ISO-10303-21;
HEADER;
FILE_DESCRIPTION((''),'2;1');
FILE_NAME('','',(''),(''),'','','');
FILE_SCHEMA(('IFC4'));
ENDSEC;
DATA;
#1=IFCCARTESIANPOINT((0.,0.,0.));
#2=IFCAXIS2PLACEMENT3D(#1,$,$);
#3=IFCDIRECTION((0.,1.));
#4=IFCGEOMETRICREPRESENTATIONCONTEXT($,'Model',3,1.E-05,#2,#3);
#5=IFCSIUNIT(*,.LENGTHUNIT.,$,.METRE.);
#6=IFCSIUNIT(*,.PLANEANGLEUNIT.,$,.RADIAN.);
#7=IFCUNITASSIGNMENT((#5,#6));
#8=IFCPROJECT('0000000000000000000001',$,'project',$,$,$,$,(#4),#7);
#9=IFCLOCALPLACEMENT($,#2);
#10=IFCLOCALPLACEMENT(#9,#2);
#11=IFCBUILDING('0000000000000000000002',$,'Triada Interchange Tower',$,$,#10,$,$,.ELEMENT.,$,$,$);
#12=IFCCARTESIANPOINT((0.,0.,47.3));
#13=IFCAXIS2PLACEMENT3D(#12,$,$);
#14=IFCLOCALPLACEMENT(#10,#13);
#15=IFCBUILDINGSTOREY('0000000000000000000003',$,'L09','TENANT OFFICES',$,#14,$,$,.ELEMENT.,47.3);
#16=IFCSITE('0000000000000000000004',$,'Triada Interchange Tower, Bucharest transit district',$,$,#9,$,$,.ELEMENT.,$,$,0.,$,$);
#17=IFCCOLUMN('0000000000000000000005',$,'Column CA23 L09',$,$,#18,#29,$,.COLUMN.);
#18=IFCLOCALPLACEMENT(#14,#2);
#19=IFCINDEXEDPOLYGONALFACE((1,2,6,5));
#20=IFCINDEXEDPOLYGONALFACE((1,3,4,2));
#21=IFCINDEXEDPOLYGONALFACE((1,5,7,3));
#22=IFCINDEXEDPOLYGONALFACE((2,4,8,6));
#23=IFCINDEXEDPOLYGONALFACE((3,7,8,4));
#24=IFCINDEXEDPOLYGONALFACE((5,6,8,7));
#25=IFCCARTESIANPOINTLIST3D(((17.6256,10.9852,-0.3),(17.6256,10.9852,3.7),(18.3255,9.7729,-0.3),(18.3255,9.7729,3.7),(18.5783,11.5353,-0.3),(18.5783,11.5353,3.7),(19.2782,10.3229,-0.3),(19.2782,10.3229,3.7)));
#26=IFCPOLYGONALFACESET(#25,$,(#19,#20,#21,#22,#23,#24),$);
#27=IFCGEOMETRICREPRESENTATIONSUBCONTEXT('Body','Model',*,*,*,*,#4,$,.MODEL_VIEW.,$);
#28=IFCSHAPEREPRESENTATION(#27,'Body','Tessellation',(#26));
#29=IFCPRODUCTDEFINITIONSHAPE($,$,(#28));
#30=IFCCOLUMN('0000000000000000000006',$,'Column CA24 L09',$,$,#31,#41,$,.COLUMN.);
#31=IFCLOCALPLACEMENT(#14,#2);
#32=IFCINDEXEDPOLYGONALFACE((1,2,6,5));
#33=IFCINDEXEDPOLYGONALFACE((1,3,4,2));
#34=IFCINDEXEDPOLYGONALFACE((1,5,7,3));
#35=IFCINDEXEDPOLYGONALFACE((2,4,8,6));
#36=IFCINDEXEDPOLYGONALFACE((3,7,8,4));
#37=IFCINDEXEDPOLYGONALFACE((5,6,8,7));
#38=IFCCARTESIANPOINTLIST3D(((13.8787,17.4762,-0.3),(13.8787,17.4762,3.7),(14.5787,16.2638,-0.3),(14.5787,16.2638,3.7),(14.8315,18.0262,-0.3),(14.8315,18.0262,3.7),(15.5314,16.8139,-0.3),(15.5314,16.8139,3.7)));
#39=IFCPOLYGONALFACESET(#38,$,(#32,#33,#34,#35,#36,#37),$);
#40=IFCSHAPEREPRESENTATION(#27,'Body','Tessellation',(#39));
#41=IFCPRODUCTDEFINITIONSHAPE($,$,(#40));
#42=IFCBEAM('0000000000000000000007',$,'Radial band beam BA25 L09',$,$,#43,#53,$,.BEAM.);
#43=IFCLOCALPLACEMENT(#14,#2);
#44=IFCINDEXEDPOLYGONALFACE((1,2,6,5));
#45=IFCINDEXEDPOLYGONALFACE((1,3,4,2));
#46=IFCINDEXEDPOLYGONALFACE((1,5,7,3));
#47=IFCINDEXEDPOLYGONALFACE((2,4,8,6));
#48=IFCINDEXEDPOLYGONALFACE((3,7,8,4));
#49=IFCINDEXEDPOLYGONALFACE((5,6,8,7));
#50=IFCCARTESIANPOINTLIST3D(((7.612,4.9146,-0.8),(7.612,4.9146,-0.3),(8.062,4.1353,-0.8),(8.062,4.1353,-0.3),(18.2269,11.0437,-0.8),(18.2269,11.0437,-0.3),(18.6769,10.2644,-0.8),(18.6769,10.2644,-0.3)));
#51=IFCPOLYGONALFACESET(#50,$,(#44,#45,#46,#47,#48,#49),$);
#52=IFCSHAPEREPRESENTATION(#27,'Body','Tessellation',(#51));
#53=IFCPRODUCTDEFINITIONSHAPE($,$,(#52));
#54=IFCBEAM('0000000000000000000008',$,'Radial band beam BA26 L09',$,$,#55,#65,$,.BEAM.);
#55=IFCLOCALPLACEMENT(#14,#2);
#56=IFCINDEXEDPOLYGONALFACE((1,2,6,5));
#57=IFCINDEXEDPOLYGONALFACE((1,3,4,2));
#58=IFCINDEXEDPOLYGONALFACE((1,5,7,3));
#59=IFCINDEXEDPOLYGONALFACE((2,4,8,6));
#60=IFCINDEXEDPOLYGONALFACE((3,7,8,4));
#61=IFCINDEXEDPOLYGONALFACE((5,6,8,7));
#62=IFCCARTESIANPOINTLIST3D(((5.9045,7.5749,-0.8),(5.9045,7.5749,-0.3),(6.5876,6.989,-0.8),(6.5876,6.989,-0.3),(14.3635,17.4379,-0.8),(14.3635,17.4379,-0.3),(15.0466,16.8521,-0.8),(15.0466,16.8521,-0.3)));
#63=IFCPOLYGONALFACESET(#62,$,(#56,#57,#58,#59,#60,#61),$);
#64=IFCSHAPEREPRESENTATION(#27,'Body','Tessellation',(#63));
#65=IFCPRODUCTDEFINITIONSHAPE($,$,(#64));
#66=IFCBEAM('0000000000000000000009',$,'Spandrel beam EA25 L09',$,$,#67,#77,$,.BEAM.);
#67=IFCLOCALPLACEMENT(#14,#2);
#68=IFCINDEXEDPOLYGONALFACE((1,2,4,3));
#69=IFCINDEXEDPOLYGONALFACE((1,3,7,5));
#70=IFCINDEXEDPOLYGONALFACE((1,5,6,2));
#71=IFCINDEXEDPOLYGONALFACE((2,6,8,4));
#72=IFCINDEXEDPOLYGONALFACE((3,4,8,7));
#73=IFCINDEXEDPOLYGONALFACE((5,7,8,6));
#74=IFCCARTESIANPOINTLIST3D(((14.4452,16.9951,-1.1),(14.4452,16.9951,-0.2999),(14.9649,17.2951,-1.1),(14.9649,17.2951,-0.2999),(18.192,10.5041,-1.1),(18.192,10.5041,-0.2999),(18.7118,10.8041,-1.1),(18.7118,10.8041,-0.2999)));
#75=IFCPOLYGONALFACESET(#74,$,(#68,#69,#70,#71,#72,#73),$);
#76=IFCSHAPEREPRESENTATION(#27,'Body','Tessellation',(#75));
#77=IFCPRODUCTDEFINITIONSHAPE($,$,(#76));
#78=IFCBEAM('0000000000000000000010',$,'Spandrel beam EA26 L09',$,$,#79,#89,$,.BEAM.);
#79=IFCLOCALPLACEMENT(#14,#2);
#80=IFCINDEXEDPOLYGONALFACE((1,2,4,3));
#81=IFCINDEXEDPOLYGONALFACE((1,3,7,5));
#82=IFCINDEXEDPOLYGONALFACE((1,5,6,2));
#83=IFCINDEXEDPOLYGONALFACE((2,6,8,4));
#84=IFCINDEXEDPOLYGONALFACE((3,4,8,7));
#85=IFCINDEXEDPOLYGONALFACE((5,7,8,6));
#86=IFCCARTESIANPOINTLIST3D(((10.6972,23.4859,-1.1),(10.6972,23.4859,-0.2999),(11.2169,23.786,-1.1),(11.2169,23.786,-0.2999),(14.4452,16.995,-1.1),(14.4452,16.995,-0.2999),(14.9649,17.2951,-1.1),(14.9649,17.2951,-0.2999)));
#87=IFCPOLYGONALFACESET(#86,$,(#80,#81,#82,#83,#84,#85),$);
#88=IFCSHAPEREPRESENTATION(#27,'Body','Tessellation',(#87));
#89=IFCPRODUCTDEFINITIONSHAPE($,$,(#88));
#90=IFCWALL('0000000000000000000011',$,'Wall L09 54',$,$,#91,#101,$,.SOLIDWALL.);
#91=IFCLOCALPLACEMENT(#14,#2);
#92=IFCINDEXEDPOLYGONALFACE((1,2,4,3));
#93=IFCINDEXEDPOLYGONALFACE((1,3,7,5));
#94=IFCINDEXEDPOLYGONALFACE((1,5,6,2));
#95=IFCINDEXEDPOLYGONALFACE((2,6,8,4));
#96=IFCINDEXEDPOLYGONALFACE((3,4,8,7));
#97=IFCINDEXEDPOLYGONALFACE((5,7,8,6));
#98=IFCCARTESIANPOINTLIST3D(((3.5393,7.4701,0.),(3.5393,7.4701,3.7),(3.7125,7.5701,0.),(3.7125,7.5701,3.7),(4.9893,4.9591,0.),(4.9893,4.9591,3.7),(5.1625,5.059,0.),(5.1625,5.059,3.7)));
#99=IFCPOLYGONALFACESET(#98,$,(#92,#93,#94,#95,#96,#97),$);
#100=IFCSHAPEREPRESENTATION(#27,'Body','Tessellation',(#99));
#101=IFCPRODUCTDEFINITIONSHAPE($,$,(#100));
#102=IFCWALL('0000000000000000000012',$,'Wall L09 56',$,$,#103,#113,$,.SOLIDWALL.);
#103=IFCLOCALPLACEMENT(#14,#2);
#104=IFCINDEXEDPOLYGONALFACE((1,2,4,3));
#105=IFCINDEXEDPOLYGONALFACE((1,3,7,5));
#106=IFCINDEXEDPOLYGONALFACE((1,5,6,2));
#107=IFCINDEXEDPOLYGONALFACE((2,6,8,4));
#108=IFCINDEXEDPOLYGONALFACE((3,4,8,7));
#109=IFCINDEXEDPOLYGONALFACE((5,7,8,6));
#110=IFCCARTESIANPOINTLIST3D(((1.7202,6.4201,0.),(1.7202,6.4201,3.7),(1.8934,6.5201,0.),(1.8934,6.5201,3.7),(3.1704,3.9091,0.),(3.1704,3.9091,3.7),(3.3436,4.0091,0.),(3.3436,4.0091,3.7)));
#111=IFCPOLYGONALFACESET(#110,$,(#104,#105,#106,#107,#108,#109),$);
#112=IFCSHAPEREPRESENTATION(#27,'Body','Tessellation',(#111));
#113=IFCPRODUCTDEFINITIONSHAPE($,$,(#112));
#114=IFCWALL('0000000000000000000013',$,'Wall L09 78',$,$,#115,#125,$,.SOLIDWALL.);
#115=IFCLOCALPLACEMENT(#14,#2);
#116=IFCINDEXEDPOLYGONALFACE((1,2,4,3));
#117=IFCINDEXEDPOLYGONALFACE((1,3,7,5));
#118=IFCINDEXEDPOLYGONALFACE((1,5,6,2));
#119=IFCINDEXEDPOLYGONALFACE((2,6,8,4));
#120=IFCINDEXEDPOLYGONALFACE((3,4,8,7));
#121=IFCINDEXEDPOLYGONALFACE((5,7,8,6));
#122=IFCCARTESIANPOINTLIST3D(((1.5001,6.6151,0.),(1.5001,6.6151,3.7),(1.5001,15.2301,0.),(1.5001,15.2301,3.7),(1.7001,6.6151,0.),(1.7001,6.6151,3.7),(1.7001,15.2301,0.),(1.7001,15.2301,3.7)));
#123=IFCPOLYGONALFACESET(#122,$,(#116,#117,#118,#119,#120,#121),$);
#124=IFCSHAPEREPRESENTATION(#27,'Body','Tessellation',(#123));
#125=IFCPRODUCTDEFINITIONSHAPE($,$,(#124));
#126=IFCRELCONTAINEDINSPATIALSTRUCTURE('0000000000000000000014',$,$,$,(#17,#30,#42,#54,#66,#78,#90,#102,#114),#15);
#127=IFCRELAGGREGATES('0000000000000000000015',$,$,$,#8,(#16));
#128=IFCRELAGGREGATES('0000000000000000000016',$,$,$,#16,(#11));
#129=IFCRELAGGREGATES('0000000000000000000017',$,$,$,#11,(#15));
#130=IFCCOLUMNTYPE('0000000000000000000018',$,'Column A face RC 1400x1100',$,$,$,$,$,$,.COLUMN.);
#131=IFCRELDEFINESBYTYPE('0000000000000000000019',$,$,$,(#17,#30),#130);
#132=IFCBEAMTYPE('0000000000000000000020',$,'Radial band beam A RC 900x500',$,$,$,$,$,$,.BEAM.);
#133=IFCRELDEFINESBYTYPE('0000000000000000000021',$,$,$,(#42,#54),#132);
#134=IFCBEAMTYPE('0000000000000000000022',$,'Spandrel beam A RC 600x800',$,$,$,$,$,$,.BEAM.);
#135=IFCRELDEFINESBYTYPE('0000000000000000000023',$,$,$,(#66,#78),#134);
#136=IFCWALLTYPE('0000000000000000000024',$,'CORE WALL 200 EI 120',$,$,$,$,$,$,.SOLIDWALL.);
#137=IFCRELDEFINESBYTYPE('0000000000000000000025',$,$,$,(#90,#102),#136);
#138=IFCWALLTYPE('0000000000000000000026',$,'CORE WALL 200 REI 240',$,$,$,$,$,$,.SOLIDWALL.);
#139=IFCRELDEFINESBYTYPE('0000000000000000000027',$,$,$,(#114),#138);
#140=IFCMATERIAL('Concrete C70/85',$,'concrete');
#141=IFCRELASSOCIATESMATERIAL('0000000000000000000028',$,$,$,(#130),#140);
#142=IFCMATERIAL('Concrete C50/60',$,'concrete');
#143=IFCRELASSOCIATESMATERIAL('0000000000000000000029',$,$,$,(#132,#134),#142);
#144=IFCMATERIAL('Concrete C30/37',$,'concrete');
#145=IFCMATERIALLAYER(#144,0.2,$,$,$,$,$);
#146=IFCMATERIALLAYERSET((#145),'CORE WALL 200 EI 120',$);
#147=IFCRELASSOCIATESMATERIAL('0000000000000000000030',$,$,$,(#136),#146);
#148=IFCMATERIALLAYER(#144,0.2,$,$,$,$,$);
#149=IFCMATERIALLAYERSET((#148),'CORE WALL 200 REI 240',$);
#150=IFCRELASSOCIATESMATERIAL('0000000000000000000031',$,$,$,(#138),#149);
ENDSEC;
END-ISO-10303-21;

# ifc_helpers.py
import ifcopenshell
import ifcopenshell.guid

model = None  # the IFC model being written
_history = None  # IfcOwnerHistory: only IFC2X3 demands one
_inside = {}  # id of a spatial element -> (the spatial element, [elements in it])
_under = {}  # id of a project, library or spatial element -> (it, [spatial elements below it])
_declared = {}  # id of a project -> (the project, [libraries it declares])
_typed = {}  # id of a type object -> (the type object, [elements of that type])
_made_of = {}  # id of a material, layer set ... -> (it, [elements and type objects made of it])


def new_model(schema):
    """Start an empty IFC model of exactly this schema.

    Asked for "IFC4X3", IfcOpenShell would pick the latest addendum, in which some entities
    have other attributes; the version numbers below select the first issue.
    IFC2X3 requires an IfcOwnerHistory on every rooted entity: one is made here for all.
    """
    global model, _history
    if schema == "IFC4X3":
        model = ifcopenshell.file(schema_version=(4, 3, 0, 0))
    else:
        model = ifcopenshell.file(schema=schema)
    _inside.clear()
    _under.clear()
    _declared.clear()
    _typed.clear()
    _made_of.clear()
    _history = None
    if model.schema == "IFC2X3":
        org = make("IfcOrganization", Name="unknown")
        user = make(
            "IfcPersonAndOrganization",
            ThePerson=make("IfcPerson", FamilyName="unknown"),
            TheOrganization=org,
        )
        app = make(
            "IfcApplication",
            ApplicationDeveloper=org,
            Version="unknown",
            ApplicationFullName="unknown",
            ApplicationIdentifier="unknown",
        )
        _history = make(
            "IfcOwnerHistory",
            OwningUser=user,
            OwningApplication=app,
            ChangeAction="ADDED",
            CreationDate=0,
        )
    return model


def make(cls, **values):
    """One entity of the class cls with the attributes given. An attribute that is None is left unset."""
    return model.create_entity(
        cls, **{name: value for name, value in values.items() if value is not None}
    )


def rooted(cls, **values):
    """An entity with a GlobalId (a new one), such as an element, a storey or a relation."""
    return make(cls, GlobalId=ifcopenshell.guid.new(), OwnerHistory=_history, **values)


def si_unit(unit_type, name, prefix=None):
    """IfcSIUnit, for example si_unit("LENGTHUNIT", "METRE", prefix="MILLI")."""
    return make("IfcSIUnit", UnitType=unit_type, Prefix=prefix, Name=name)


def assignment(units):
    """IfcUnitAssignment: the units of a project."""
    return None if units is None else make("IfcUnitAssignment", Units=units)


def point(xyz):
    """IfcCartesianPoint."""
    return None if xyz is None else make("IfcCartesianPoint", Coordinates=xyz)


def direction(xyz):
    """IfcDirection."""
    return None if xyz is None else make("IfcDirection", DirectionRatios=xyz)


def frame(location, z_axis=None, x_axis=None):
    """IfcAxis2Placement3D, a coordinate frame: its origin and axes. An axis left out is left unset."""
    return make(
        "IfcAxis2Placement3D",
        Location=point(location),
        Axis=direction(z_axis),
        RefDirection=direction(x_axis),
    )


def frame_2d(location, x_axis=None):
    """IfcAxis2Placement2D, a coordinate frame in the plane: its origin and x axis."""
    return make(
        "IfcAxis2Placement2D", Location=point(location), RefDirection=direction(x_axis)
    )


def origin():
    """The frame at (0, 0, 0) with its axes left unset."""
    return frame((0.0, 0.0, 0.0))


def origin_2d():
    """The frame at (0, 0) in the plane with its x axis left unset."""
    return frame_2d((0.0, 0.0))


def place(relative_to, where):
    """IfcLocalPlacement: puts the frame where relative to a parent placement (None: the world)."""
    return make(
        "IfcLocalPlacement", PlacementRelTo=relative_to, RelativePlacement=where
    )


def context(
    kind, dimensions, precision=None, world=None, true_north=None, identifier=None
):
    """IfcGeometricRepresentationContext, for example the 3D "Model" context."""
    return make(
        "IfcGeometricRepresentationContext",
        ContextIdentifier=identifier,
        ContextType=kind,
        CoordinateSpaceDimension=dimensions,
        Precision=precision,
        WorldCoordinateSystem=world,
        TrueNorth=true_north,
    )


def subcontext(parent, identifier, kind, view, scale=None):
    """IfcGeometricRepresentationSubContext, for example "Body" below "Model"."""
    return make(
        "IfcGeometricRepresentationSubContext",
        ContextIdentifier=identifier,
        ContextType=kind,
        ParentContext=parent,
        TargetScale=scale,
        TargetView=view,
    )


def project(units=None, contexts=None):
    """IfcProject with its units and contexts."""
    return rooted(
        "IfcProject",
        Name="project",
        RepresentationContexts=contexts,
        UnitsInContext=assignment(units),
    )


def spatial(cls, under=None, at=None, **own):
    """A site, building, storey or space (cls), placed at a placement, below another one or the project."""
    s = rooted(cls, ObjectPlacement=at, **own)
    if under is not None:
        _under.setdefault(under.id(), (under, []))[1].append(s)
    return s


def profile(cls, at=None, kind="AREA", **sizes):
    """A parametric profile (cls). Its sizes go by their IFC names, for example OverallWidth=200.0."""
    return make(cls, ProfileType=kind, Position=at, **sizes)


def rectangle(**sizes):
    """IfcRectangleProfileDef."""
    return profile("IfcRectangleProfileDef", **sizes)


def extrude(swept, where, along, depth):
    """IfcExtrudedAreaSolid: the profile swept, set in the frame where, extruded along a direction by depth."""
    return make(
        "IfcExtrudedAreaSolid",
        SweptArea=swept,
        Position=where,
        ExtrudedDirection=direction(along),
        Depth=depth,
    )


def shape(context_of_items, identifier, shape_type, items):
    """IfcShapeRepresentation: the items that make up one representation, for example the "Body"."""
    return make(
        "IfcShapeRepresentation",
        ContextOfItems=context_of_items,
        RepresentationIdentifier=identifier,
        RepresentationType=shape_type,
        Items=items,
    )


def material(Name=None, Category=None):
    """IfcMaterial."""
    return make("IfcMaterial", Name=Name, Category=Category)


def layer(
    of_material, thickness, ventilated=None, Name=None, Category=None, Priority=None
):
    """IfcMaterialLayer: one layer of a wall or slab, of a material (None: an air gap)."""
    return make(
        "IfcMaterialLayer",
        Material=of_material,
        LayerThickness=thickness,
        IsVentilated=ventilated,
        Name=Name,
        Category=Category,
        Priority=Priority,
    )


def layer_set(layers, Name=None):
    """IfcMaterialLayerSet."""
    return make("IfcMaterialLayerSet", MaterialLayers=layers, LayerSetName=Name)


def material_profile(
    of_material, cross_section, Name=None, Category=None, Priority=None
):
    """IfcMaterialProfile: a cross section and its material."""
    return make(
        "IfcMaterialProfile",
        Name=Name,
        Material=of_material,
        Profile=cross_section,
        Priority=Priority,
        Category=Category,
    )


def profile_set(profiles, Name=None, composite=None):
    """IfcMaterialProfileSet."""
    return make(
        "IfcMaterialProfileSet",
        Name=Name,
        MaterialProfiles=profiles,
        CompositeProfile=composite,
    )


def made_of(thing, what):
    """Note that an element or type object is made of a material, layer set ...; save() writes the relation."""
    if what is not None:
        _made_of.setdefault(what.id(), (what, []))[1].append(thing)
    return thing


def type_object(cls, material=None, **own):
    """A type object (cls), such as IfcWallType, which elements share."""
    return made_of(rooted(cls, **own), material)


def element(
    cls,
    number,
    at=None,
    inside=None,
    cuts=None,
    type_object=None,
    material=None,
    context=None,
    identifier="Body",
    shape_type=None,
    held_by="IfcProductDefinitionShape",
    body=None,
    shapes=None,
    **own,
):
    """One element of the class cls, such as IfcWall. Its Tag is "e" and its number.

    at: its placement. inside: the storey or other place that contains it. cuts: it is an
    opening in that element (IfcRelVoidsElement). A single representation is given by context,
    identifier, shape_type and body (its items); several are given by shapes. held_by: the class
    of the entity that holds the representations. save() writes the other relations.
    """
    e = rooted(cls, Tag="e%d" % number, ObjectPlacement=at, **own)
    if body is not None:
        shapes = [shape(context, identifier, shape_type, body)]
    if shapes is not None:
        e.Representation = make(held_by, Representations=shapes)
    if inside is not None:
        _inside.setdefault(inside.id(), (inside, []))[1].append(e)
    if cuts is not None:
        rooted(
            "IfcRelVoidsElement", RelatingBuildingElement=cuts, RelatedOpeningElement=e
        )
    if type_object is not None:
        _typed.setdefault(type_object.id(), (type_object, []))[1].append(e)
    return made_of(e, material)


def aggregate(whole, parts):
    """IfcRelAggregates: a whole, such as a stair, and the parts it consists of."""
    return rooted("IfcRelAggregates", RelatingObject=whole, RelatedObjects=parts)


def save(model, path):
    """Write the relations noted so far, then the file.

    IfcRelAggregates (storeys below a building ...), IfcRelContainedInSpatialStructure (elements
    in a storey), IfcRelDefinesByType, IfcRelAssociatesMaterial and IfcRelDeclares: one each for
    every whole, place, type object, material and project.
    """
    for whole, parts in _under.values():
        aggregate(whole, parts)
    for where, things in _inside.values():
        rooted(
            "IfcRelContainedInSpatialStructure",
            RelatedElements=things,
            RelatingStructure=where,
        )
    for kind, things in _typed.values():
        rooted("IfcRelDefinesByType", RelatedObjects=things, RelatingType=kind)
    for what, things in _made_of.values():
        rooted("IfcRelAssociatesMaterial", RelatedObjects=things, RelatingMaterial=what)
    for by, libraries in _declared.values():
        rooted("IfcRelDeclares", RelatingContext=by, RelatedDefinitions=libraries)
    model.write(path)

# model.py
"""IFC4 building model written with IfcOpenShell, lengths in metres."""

from ifc_helpers import new_model, si_unit, direction, frame, frame_2d, origin, origin_2d, place, context, subcontext, project, spatial, rectangle, extrude, material, layer, layer_set, material_profile, profile_set, type_object, element, save


model = new_model("IFC4")

# Units and contexts
model_context = context("Model", 3, precision=1e-05, world=origin(), true_north=direction((0.0, 1.0)))
body_context = subcontext(model_context, "Body", "Model", "MODEL_VIEW")
ifc_project = project(units=[si_unit("LENGTHUNIT", "METRE"), si_unit("PLANEANGLEUNIT", "RADIAN")], contexts=[model_context])

# Site, building, storey
site_placement = place(None, origin())
site = spatial("IfcSite", under=ifc_project, at=site_placement, Name="Triada Interchange Tower, Bucharest transit district", CompositionType="ELEMENT", RefElevation=0.0)
building_placement = place(site_placement, origin())
building = spatial("IfcBuilding", under=site, at=building_placement, Name="Triada Interchange Tower", CompositionType="ELEMENT")
storey_placement = place(building_placement, frame((0.0, 0.0, 47.3)))
storey = spatial("IfcBuildingStorey", under=building, at=storey_placement, Name="L09", Description="TENANT OFFICES", CompositionType="ELEMENT", Elevation=47.3)

# Columns
ifc_material_1 = material(Name="Concrete C70/85", Category="concrete")
ifc_material_profile_1 = material_profile(ifc_material_1, rectangle(XDim=1.3999, YDim=1.1001, at=origin_2d()), Name="RC 1400x1100")
ifc_profile_set_1 = profile_set([ifc_material_profile_1], Name="Concrete C70/85")
column_type = type_object("IfcColumnType", Name="Column A face RC 1400x1100", PredefinedType="COLUMN", material=ifc_profile_set_1)
for number, where, z_axis, x_axis, name in (
    (1, (18.4519, 10.6541, -0.3), (0.0, 0.0, 1.0), (-0.5, 0.866025, 0.0), "Column CA23 L09"),
    (2, (14.7051, 17.145, -0.3), (0.0, 0.0, 1.0), (-0.5, 0.866025, 0.0), "Column CA24 L09"),
):
    element("IfcColumn", number, at=place(storey_placement, frame(where, z_axis=z_axis, x_axis=x_axis)), inside=storey, type_object=column_type, Name=name, PredefinedType="COLUMN", context=body_context, shape_type="SweptSolid", body=[
        extrude(rectangle(XDim=1.3999, YDim=1.1001, at=origin_2d()), origin(), (0.0, 0.0, 1.0), 4.0),
    ])

# Beams
ifc_material_2 = material(Name="Concrete C50/60", Category="concrete")
ifc_material_profile_2 = material_profile(ifc_material_2, rectangle(XDim=0.8999, YDim=0.5, at=origin_2d()), Name="RC 900x500")
ifc_profile_set_2 = profile_set([ifc_material_profile_2], Name="Concrete C50/60")
beam_type_1 = type_object("IfcBeamType", Name="Radial band beam A RC 900x500", PredefinedType="BEAM", material=ifc_profile_set_2)
beam_1_placement = place(storey_placement, frame((18.4519, 10.6541, -0.55), z_axis=(-0.866005, -0.500036, 0.0), x_axis=(0.500036, -0.866005, 0.0)))
element("IfcBeam", 3, at=beam_1_placement, inside=storey, type_object=beam_type_1, Name="Radial band beam BA25 L09", PredefinedType="BEAM", context=body_context, shape_type="SweptSolid", body=[
    extrude(rectangle(XDim=0.8999, YDim=0.5, at=origin_2d()), origin(), (0.0, 0.0, 1.0), 12.2573),
])
beam_2_placement = place(storey_placement, frame((14.7051, 17.145, -0.55), z_axis=(-0.651011, -0.759068, 0.0), x_axis=(0.759068, -0.651011, 0.0)))
element("IfcBeam", 4, at=beam_2_placement, inside=storey, type_object=beam_type_1, Name="Radial band beam BA26 L09", PredefinedType="BEAM", context=body_context, shape_type="SweptSolid", body=[
    extrude(rectangle(XDim=0.8999, YDim=0.5, at=origin_2d()), origin(), (0.0, 0.0, 1.0), 12.9937),
])
ifc_material_profile_3 = material_profile(ifc_material_2, rectangle(XDim=0.6001, YDim=0.8, at=origin_2d()), Name="RC 600x800")
ifc_profile_set_3 = profile_set([ifc_material_profile_3], Name="Concrete C50/60")
beam_type_2 = type_object("IfcBeamType", Name="Spandrel beam A RC 600x800", PredefinedType="BEAM", material=ifc_profile_set_3)
beam_3_placement = place(storey_placement, frame((18.4519, 10.6541, -0.7), z_axis=(-0.499926, 0.866068, 0.0), x_axis=(-0.866068, -0.499926, 0.0)))
element("IfcBeam", 5, at=beam_3_placement, inside=storey, type_object=beam_type_2, Name="Spandrel beam EA25 L09", PredefinedType="BEAM", context=body_context, shape_type="SweptSolid", body=[
    extrude(rectangle(XDim=0.6001, YDim=0.8, at=origin_2d()), origin(), (0.0, 0.0, 1.0), 7.4949),
])
beam_4_placement = place(storey_placement, frame((14.7051, 17.145, -0.7), z_axis=(-0.500049, 0.865997, 0.0), x_axis=(-0.865997, -0.500049, 0.0)))
element("IfcBeam", 6, at=beam_4_placement, inside=storey, type_object=beam_type_2, Name="Spandrel beam EA26 L09", PredefinedType="BEAM", context=body_context, shape_type="SweptSolid", body=[
    extrude(rectangle(XDim=0.6001, YDim=0.8, at=origin_2d()), origin(), (0.0, 0.0, 1.0), 7.4954),
])

# Walls
ifc_material_3 = material(Name="Concrete C30/37", Category="concrete")
ifc_layer_1 = layer(ifc_material_3, 0.2)
ifc_layer_set_1 = layer_set([ifc_layer_1], Name="CORE WALL 200 EI 120")
wall_type_1 = type_object("IfcWallType", Name="CORE WALL 200 EI 120", PredefinedType="SOLIDWALL", material=ifc_layer_set_1)
for number, where, z_axis, x_axis, name in (
    (7, (3.626, 7.52, 0.0), (0.0, 0.0, 1.0), (0.50006, -0.865991, 0.0), "Wall L09 54"),
    (8, (1.8069, 6.47, 0.0), (0.0, 0.0, 1.0), (0.500123, -0.865954, 0.0), "Wall L09 56"),
):
    element("IfcWall", number, at=place(storey_placement, frame(where, z_axis=z_axis, x_axis=x_axis)), inside=storey, type_object=wall_type_1, Name=name, PredefinedType="SOLIDWALL", context=body_context, shape_type="SweptSolid", body=[
        extrude(rectangle(XDim=2.8997, YDim=0.2, at=frame_2d((1.4497, 0.0))), origin(), (0.0, 0.0, 1.0), 3.7),
    ])
ifc_layer_2 = layer(ifc_material_3, 0.2)
ifc_layer_set_2 = layer_set([ifc_layer_2], Name="CORE WALL 200 REI 240")
wall_type_2 = type_object("IfcWallType", Name="CORE WALL 200 REI 240", PredefinedType="SOLIDWALL", material=ifc_layer_set_2)
wall_1_placement = place(storey_placement, frame((1.6001, 6.615, 0.0), z_axis=(0.0, 0.0, 1.0), x_axis=(0.0, 1.0, 0.0)))
element("IfcWall", 9, at=wall_1_placement, inside=storey, type_object=wall_type_2, Name="Wall L09 78", PredefinedType="SOLIDWALL", context=body_context, shape_type="SweptSolid", body=[
    extrude(rectangle(XDim=8.615, YDim=0.2, at=frame_2d((4.3076, 0.0))), origin(), (0.0, 0.0, 1.0), 3.7),
])

save(model, "model.ifc")
